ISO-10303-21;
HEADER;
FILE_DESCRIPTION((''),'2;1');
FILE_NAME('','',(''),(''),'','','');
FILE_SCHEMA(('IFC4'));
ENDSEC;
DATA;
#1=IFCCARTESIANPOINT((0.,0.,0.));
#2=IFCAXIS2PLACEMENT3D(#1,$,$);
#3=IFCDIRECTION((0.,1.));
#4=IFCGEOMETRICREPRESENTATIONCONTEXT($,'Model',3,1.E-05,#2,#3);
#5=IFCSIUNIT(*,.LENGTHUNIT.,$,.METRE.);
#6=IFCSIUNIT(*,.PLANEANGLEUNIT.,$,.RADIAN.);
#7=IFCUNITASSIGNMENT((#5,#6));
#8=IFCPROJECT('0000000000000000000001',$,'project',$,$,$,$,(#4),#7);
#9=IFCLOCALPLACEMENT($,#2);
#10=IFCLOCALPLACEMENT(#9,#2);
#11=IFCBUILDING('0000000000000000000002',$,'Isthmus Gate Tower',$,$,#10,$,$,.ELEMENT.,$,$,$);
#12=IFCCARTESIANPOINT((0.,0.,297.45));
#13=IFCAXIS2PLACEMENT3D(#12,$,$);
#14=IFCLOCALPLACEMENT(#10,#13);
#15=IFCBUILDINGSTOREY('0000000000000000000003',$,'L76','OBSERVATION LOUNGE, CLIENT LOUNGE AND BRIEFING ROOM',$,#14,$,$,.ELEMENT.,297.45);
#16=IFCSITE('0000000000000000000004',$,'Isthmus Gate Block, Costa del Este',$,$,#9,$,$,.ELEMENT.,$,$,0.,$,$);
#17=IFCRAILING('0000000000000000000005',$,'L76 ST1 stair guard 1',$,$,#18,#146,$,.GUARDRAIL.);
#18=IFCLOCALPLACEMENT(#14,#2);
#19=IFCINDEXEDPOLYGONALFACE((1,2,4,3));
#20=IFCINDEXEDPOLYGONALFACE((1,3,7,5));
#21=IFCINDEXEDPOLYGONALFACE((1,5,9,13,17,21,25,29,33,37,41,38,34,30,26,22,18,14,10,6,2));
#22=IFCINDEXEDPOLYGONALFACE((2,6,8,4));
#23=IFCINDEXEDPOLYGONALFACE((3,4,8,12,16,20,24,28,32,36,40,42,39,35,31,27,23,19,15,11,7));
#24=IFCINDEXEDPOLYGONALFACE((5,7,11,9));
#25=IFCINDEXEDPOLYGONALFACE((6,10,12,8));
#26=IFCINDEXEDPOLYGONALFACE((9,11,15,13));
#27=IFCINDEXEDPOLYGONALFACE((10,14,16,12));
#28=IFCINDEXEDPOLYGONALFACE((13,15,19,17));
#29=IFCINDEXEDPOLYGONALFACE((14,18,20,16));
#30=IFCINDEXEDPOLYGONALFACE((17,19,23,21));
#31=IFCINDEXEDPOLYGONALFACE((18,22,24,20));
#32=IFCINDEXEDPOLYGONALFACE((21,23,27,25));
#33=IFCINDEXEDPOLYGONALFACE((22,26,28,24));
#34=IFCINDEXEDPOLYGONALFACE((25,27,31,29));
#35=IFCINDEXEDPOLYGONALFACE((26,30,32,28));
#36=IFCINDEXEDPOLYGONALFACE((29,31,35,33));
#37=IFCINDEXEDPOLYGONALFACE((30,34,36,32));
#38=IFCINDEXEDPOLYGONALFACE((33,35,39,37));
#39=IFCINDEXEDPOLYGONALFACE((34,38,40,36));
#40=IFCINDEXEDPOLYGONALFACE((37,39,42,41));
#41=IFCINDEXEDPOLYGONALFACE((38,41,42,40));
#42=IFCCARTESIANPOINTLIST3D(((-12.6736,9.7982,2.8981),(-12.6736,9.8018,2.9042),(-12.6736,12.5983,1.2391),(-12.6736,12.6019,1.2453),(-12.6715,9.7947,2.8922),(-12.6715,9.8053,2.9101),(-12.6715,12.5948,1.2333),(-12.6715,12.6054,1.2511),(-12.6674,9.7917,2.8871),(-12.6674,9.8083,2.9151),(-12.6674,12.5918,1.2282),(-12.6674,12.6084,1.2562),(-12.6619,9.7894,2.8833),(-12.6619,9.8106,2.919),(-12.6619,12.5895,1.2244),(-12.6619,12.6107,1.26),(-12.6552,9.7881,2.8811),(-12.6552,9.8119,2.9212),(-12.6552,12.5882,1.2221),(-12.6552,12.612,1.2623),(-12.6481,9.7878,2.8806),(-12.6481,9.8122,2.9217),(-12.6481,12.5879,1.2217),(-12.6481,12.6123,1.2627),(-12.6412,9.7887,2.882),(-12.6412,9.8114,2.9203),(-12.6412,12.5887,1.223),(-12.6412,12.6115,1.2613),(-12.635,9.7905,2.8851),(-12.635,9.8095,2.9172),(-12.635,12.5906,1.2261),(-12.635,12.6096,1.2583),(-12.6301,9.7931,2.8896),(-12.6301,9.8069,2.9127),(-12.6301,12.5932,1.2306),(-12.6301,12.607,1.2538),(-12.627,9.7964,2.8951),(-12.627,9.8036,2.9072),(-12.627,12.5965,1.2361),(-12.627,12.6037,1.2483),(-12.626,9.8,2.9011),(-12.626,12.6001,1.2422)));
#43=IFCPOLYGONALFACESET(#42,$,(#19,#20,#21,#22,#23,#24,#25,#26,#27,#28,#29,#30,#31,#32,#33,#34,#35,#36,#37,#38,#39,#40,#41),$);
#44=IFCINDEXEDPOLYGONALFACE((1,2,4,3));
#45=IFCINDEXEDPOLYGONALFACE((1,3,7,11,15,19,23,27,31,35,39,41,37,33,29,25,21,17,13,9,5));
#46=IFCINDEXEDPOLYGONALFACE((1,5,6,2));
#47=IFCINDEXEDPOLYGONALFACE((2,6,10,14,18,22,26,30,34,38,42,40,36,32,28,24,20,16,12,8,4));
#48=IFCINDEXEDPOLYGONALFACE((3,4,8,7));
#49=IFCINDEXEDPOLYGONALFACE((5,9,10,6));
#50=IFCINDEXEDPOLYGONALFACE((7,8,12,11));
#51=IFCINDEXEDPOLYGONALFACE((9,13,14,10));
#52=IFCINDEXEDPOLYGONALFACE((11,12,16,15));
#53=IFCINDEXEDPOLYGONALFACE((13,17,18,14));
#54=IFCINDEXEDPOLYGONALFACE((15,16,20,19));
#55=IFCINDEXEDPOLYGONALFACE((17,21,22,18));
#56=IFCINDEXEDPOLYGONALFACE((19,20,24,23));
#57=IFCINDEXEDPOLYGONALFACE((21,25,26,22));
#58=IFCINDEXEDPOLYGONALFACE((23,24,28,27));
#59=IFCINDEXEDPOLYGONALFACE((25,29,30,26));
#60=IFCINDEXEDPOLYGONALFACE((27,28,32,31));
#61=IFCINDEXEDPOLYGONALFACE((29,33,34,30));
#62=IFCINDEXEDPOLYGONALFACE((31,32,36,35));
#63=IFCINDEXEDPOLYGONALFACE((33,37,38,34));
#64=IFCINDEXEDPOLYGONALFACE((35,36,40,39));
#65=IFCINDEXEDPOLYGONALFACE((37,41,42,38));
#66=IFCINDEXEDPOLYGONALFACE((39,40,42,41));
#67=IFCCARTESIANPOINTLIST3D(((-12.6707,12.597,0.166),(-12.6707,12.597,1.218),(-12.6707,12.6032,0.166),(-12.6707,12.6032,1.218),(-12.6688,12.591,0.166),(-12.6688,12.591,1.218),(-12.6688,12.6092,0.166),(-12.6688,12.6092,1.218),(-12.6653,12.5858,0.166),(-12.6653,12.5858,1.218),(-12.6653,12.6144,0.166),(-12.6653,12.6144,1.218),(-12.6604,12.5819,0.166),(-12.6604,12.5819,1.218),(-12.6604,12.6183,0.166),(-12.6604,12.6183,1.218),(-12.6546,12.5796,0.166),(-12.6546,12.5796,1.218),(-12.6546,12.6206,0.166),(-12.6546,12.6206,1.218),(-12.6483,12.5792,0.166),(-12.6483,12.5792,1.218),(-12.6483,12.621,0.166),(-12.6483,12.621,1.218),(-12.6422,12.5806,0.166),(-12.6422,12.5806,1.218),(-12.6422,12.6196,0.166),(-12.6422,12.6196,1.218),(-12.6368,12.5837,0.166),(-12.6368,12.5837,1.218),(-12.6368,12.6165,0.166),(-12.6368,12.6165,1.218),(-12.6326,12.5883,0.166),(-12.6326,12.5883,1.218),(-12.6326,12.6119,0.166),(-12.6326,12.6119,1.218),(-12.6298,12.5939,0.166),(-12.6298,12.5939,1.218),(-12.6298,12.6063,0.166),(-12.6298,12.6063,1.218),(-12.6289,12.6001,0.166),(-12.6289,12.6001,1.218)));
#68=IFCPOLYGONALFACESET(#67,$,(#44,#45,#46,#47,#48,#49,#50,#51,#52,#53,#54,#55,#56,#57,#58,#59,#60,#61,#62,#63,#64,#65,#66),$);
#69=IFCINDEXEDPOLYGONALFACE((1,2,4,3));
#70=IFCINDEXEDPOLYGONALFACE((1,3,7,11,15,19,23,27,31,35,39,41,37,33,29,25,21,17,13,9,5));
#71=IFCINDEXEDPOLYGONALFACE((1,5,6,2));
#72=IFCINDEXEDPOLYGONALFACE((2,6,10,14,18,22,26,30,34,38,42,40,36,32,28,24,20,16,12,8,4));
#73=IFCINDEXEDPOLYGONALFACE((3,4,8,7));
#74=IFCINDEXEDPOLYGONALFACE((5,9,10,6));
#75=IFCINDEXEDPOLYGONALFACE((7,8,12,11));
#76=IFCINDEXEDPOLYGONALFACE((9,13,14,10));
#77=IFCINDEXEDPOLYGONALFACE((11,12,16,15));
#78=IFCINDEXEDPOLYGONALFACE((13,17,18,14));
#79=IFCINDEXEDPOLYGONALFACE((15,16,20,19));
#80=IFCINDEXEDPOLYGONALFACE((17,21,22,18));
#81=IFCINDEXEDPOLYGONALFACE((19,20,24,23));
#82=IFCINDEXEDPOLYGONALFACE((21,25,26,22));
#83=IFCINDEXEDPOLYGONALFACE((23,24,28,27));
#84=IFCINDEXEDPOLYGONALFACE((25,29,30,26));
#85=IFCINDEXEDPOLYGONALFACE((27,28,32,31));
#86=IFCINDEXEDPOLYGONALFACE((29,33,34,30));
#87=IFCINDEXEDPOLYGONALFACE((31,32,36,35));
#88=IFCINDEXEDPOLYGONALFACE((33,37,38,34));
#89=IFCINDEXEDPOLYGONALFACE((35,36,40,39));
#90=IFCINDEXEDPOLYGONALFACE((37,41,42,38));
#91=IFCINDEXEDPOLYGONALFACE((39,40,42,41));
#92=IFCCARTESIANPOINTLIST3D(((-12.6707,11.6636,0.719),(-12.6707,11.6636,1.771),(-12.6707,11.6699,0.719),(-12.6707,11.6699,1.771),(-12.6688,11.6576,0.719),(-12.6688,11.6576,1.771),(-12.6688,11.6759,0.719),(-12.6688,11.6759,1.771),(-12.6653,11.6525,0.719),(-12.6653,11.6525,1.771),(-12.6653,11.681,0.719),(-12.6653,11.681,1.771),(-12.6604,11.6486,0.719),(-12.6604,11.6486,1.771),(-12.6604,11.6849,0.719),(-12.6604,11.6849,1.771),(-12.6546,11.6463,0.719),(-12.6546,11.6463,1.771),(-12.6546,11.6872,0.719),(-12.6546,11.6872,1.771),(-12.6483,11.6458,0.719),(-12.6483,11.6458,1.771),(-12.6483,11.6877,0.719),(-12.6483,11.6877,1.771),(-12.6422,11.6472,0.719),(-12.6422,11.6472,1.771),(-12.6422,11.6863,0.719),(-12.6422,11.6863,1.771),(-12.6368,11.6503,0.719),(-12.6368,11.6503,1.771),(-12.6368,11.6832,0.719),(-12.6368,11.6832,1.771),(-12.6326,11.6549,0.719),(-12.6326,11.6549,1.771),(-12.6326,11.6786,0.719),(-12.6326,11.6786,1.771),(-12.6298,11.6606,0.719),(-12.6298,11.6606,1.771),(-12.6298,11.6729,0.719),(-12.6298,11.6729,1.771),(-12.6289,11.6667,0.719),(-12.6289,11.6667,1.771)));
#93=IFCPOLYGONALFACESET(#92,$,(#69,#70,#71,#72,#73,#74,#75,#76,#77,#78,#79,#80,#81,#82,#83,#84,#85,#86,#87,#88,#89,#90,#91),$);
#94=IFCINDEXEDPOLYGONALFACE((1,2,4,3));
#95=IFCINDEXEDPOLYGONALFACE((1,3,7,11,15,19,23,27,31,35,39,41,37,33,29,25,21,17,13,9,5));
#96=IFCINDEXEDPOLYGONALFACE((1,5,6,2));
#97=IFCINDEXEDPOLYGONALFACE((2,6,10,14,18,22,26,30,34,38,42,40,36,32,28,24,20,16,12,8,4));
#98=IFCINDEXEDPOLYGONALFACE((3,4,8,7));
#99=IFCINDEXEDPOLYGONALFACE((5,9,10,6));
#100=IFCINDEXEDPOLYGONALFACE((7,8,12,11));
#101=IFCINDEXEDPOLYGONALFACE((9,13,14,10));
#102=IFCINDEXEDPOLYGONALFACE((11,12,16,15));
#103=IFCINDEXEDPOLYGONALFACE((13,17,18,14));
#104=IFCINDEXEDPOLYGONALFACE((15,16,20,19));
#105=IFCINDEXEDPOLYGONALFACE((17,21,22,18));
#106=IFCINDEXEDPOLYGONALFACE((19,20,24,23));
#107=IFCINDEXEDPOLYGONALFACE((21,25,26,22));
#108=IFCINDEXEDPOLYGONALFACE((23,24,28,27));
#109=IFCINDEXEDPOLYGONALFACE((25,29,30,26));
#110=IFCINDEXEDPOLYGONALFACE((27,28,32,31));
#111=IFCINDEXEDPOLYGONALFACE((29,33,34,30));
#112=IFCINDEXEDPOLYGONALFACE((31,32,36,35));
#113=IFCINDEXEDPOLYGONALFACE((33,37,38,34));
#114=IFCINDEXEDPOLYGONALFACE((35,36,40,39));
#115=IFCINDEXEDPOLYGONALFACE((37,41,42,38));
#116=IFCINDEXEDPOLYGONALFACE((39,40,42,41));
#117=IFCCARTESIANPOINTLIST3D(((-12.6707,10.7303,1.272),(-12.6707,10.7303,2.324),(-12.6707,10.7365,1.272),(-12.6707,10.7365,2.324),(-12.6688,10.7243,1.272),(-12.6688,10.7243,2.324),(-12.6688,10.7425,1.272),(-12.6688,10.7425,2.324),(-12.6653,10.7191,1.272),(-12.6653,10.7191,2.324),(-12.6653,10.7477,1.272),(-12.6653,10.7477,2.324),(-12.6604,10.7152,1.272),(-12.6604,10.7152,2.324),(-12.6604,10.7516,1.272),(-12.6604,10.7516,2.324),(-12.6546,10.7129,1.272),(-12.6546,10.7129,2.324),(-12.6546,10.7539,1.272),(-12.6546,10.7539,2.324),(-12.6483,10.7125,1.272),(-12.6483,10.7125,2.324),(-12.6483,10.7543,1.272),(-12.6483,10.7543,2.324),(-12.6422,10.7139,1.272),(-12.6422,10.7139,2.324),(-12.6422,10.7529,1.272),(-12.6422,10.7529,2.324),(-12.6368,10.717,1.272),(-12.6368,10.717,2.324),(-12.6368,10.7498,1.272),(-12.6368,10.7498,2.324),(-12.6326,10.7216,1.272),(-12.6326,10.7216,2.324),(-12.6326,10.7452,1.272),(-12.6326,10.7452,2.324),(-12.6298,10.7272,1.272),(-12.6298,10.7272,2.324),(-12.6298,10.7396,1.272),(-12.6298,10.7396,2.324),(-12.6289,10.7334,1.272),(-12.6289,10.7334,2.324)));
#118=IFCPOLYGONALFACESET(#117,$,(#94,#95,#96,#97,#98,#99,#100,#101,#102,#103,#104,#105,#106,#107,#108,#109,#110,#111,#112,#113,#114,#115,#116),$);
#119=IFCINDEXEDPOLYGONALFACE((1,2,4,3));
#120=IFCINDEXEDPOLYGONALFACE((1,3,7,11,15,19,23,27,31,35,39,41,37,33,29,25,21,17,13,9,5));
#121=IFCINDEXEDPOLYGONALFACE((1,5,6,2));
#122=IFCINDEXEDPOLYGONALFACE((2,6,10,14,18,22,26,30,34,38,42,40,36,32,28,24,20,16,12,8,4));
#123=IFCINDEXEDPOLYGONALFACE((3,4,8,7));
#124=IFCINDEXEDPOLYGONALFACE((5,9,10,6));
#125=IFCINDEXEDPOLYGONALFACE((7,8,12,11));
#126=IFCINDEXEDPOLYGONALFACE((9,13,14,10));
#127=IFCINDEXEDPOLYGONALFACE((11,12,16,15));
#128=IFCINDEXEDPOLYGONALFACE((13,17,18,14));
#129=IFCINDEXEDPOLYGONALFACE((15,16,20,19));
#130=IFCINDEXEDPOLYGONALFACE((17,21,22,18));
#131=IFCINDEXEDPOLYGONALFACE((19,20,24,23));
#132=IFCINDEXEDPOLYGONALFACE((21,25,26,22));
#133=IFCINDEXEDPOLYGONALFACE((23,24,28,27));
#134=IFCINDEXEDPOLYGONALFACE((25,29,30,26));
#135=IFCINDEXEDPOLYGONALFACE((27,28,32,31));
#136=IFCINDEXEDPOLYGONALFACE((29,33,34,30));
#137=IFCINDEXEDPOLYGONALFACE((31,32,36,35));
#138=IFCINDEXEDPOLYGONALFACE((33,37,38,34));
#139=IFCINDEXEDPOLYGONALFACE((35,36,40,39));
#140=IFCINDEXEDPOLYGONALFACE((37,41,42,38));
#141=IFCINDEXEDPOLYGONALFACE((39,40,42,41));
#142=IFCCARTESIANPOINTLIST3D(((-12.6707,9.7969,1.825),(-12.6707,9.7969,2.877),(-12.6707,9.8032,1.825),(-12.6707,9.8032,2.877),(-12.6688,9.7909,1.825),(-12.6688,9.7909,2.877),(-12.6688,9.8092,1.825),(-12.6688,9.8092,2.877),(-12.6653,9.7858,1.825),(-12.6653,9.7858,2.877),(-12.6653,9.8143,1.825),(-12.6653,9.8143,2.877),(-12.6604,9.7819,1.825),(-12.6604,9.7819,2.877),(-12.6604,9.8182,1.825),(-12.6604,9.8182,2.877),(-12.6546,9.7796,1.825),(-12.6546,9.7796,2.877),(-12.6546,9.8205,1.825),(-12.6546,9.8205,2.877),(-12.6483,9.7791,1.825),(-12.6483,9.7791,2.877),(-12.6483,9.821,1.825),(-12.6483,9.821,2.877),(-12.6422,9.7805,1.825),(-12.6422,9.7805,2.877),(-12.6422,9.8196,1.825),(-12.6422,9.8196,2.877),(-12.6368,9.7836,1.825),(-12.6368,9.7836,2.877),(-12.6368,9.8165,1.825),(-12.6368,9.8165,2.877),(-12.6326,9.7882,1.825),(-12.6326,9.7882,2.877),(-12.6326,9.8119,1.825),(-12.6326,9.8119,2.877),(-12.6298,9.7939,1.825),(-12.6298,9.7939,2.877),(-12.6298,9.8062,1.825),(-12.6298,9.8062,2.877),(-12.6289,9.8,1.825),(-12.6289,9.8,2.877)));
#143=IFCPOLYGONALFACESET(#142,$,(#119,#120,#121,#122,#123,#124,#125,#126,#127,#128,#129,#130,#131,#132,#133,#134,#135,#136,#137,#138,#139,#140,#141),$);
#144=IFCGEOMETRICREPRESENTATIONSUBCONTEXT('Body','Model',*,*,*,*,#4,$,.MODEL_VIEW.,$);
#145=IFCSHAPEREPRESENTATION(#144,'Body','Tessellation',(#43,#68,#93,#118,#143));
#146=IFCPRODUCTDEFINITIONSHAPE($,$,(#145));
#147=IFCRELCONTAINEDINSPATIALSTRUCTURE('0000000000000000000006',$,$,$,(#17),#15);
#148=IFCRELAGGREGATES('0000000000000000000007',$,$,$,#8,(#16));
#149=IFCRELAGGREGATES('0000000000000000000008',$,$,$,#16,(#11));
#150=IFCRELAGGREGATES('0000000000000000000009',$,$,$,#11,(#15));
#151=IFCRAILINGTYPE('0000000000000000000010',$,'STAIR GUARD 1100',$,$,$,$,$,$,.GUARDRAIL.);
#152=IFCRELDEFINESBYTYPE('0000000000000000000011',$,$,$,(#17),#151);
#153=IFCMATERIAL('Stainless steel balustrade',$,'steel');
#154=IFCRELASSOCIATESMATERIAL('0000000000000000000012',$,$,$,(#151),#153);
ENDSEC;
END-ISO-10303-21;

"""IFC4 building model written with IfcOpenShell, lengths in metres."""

from ifc_helpers import new_model, si_unit, direction, frame, origin, origin_2d, place, context, subcontext, project, spatial, circle, extrude, material, type_object, element, save


model = new_model("IFC4")

# Units and contexts
model_context = context("Model", 3, precision=1e-05, world=origin(), true_north=direction((0.0, 1.0)))
body_context = subcontext(model_context, "Body", "Model", "MODEL_VIEW")
ifc_project = project(units=[si_unit("LENGTHUNIT", "METRE"), si_unit("PLANEANGLEUNIT", "RADIAN")], contexts=[model_context])

# Site, building, storey
site_placement = place(None, origin())
site = spatial("IfcSite", under=ifc_project, at=site_placement, Name="Isthmus Gate Block, Costa del Este", CompositionType="ELEMENT", RefElevation=0.0)
building_placement = place(site_placement, origin())
building = spatial("IfcBuilding", under=site, at=building_placement, Name="Isthmus Gate Tower", CompositionType="ELEMENT")
storey_placement = place(building_placement, frame((0.0, 0.0, 297.45)))
storey = spatial("IfcBuildingStorey", under=building, at=storey_placement, Name="L76", Description="OBSERVATION LOUNGE, CLIENT LOUNGE AND BRIEFING ROOM", CompositionType="ELEMENT", Elevation=297.45)

# Railing
ifc_material_1 = material(Name="Stainless steel balustrade", Category="steel")
railing_type_1 = type_object("IfcRailingType", Name="STAIR GUARD 1100", PredefinedType="GUARDRAIL", material=ifc_material_1)
railing_1_placement = place(storey_placement, frame((-12.6499, 12.6001, 0.166)))
element("IfcRailing", 1, at=railing_1_placement, inside=storey, type_object=railing_type_1, Name="L76 ST1 stair guard 1", PredefinedType="GUARDRAIL", context=body_context, shape_type="SweptSolid", body=[
    extrude(circle(Radius=0.0239, at=origin_2d()), frame((0.0, 0.0, 1.0762), z_axis=(0.0, -0.860339, 0.509722), x_axis=(1.0, 0.0, 0.0)), (0.0, 0.0, 1.0), 3.2546),
    extrude(circle(Radius=0.021, at=origin_2d()), origin(), (0.0, 0.0, 1.0), 1.052),
    extrude(circle(Radius=0.021, at=origin_2d()), frame((0.0, -0.9333, 0.553)), (0.0, 0.0, 1.0), 1.052),
    extrude(circle(Radius=0.021, at=origin_2d()), frame((0.0, -1.8667, 1.106)), (0.0, 0.0, 1.0), 1.052),
    extrude(circle(Radius=0.021, at=origin_2d()), frame((0.0, -2.8, 1.6589)), (0.0, 0.0, 1.0), 1.052),
])

save(model, "model.ifc")
